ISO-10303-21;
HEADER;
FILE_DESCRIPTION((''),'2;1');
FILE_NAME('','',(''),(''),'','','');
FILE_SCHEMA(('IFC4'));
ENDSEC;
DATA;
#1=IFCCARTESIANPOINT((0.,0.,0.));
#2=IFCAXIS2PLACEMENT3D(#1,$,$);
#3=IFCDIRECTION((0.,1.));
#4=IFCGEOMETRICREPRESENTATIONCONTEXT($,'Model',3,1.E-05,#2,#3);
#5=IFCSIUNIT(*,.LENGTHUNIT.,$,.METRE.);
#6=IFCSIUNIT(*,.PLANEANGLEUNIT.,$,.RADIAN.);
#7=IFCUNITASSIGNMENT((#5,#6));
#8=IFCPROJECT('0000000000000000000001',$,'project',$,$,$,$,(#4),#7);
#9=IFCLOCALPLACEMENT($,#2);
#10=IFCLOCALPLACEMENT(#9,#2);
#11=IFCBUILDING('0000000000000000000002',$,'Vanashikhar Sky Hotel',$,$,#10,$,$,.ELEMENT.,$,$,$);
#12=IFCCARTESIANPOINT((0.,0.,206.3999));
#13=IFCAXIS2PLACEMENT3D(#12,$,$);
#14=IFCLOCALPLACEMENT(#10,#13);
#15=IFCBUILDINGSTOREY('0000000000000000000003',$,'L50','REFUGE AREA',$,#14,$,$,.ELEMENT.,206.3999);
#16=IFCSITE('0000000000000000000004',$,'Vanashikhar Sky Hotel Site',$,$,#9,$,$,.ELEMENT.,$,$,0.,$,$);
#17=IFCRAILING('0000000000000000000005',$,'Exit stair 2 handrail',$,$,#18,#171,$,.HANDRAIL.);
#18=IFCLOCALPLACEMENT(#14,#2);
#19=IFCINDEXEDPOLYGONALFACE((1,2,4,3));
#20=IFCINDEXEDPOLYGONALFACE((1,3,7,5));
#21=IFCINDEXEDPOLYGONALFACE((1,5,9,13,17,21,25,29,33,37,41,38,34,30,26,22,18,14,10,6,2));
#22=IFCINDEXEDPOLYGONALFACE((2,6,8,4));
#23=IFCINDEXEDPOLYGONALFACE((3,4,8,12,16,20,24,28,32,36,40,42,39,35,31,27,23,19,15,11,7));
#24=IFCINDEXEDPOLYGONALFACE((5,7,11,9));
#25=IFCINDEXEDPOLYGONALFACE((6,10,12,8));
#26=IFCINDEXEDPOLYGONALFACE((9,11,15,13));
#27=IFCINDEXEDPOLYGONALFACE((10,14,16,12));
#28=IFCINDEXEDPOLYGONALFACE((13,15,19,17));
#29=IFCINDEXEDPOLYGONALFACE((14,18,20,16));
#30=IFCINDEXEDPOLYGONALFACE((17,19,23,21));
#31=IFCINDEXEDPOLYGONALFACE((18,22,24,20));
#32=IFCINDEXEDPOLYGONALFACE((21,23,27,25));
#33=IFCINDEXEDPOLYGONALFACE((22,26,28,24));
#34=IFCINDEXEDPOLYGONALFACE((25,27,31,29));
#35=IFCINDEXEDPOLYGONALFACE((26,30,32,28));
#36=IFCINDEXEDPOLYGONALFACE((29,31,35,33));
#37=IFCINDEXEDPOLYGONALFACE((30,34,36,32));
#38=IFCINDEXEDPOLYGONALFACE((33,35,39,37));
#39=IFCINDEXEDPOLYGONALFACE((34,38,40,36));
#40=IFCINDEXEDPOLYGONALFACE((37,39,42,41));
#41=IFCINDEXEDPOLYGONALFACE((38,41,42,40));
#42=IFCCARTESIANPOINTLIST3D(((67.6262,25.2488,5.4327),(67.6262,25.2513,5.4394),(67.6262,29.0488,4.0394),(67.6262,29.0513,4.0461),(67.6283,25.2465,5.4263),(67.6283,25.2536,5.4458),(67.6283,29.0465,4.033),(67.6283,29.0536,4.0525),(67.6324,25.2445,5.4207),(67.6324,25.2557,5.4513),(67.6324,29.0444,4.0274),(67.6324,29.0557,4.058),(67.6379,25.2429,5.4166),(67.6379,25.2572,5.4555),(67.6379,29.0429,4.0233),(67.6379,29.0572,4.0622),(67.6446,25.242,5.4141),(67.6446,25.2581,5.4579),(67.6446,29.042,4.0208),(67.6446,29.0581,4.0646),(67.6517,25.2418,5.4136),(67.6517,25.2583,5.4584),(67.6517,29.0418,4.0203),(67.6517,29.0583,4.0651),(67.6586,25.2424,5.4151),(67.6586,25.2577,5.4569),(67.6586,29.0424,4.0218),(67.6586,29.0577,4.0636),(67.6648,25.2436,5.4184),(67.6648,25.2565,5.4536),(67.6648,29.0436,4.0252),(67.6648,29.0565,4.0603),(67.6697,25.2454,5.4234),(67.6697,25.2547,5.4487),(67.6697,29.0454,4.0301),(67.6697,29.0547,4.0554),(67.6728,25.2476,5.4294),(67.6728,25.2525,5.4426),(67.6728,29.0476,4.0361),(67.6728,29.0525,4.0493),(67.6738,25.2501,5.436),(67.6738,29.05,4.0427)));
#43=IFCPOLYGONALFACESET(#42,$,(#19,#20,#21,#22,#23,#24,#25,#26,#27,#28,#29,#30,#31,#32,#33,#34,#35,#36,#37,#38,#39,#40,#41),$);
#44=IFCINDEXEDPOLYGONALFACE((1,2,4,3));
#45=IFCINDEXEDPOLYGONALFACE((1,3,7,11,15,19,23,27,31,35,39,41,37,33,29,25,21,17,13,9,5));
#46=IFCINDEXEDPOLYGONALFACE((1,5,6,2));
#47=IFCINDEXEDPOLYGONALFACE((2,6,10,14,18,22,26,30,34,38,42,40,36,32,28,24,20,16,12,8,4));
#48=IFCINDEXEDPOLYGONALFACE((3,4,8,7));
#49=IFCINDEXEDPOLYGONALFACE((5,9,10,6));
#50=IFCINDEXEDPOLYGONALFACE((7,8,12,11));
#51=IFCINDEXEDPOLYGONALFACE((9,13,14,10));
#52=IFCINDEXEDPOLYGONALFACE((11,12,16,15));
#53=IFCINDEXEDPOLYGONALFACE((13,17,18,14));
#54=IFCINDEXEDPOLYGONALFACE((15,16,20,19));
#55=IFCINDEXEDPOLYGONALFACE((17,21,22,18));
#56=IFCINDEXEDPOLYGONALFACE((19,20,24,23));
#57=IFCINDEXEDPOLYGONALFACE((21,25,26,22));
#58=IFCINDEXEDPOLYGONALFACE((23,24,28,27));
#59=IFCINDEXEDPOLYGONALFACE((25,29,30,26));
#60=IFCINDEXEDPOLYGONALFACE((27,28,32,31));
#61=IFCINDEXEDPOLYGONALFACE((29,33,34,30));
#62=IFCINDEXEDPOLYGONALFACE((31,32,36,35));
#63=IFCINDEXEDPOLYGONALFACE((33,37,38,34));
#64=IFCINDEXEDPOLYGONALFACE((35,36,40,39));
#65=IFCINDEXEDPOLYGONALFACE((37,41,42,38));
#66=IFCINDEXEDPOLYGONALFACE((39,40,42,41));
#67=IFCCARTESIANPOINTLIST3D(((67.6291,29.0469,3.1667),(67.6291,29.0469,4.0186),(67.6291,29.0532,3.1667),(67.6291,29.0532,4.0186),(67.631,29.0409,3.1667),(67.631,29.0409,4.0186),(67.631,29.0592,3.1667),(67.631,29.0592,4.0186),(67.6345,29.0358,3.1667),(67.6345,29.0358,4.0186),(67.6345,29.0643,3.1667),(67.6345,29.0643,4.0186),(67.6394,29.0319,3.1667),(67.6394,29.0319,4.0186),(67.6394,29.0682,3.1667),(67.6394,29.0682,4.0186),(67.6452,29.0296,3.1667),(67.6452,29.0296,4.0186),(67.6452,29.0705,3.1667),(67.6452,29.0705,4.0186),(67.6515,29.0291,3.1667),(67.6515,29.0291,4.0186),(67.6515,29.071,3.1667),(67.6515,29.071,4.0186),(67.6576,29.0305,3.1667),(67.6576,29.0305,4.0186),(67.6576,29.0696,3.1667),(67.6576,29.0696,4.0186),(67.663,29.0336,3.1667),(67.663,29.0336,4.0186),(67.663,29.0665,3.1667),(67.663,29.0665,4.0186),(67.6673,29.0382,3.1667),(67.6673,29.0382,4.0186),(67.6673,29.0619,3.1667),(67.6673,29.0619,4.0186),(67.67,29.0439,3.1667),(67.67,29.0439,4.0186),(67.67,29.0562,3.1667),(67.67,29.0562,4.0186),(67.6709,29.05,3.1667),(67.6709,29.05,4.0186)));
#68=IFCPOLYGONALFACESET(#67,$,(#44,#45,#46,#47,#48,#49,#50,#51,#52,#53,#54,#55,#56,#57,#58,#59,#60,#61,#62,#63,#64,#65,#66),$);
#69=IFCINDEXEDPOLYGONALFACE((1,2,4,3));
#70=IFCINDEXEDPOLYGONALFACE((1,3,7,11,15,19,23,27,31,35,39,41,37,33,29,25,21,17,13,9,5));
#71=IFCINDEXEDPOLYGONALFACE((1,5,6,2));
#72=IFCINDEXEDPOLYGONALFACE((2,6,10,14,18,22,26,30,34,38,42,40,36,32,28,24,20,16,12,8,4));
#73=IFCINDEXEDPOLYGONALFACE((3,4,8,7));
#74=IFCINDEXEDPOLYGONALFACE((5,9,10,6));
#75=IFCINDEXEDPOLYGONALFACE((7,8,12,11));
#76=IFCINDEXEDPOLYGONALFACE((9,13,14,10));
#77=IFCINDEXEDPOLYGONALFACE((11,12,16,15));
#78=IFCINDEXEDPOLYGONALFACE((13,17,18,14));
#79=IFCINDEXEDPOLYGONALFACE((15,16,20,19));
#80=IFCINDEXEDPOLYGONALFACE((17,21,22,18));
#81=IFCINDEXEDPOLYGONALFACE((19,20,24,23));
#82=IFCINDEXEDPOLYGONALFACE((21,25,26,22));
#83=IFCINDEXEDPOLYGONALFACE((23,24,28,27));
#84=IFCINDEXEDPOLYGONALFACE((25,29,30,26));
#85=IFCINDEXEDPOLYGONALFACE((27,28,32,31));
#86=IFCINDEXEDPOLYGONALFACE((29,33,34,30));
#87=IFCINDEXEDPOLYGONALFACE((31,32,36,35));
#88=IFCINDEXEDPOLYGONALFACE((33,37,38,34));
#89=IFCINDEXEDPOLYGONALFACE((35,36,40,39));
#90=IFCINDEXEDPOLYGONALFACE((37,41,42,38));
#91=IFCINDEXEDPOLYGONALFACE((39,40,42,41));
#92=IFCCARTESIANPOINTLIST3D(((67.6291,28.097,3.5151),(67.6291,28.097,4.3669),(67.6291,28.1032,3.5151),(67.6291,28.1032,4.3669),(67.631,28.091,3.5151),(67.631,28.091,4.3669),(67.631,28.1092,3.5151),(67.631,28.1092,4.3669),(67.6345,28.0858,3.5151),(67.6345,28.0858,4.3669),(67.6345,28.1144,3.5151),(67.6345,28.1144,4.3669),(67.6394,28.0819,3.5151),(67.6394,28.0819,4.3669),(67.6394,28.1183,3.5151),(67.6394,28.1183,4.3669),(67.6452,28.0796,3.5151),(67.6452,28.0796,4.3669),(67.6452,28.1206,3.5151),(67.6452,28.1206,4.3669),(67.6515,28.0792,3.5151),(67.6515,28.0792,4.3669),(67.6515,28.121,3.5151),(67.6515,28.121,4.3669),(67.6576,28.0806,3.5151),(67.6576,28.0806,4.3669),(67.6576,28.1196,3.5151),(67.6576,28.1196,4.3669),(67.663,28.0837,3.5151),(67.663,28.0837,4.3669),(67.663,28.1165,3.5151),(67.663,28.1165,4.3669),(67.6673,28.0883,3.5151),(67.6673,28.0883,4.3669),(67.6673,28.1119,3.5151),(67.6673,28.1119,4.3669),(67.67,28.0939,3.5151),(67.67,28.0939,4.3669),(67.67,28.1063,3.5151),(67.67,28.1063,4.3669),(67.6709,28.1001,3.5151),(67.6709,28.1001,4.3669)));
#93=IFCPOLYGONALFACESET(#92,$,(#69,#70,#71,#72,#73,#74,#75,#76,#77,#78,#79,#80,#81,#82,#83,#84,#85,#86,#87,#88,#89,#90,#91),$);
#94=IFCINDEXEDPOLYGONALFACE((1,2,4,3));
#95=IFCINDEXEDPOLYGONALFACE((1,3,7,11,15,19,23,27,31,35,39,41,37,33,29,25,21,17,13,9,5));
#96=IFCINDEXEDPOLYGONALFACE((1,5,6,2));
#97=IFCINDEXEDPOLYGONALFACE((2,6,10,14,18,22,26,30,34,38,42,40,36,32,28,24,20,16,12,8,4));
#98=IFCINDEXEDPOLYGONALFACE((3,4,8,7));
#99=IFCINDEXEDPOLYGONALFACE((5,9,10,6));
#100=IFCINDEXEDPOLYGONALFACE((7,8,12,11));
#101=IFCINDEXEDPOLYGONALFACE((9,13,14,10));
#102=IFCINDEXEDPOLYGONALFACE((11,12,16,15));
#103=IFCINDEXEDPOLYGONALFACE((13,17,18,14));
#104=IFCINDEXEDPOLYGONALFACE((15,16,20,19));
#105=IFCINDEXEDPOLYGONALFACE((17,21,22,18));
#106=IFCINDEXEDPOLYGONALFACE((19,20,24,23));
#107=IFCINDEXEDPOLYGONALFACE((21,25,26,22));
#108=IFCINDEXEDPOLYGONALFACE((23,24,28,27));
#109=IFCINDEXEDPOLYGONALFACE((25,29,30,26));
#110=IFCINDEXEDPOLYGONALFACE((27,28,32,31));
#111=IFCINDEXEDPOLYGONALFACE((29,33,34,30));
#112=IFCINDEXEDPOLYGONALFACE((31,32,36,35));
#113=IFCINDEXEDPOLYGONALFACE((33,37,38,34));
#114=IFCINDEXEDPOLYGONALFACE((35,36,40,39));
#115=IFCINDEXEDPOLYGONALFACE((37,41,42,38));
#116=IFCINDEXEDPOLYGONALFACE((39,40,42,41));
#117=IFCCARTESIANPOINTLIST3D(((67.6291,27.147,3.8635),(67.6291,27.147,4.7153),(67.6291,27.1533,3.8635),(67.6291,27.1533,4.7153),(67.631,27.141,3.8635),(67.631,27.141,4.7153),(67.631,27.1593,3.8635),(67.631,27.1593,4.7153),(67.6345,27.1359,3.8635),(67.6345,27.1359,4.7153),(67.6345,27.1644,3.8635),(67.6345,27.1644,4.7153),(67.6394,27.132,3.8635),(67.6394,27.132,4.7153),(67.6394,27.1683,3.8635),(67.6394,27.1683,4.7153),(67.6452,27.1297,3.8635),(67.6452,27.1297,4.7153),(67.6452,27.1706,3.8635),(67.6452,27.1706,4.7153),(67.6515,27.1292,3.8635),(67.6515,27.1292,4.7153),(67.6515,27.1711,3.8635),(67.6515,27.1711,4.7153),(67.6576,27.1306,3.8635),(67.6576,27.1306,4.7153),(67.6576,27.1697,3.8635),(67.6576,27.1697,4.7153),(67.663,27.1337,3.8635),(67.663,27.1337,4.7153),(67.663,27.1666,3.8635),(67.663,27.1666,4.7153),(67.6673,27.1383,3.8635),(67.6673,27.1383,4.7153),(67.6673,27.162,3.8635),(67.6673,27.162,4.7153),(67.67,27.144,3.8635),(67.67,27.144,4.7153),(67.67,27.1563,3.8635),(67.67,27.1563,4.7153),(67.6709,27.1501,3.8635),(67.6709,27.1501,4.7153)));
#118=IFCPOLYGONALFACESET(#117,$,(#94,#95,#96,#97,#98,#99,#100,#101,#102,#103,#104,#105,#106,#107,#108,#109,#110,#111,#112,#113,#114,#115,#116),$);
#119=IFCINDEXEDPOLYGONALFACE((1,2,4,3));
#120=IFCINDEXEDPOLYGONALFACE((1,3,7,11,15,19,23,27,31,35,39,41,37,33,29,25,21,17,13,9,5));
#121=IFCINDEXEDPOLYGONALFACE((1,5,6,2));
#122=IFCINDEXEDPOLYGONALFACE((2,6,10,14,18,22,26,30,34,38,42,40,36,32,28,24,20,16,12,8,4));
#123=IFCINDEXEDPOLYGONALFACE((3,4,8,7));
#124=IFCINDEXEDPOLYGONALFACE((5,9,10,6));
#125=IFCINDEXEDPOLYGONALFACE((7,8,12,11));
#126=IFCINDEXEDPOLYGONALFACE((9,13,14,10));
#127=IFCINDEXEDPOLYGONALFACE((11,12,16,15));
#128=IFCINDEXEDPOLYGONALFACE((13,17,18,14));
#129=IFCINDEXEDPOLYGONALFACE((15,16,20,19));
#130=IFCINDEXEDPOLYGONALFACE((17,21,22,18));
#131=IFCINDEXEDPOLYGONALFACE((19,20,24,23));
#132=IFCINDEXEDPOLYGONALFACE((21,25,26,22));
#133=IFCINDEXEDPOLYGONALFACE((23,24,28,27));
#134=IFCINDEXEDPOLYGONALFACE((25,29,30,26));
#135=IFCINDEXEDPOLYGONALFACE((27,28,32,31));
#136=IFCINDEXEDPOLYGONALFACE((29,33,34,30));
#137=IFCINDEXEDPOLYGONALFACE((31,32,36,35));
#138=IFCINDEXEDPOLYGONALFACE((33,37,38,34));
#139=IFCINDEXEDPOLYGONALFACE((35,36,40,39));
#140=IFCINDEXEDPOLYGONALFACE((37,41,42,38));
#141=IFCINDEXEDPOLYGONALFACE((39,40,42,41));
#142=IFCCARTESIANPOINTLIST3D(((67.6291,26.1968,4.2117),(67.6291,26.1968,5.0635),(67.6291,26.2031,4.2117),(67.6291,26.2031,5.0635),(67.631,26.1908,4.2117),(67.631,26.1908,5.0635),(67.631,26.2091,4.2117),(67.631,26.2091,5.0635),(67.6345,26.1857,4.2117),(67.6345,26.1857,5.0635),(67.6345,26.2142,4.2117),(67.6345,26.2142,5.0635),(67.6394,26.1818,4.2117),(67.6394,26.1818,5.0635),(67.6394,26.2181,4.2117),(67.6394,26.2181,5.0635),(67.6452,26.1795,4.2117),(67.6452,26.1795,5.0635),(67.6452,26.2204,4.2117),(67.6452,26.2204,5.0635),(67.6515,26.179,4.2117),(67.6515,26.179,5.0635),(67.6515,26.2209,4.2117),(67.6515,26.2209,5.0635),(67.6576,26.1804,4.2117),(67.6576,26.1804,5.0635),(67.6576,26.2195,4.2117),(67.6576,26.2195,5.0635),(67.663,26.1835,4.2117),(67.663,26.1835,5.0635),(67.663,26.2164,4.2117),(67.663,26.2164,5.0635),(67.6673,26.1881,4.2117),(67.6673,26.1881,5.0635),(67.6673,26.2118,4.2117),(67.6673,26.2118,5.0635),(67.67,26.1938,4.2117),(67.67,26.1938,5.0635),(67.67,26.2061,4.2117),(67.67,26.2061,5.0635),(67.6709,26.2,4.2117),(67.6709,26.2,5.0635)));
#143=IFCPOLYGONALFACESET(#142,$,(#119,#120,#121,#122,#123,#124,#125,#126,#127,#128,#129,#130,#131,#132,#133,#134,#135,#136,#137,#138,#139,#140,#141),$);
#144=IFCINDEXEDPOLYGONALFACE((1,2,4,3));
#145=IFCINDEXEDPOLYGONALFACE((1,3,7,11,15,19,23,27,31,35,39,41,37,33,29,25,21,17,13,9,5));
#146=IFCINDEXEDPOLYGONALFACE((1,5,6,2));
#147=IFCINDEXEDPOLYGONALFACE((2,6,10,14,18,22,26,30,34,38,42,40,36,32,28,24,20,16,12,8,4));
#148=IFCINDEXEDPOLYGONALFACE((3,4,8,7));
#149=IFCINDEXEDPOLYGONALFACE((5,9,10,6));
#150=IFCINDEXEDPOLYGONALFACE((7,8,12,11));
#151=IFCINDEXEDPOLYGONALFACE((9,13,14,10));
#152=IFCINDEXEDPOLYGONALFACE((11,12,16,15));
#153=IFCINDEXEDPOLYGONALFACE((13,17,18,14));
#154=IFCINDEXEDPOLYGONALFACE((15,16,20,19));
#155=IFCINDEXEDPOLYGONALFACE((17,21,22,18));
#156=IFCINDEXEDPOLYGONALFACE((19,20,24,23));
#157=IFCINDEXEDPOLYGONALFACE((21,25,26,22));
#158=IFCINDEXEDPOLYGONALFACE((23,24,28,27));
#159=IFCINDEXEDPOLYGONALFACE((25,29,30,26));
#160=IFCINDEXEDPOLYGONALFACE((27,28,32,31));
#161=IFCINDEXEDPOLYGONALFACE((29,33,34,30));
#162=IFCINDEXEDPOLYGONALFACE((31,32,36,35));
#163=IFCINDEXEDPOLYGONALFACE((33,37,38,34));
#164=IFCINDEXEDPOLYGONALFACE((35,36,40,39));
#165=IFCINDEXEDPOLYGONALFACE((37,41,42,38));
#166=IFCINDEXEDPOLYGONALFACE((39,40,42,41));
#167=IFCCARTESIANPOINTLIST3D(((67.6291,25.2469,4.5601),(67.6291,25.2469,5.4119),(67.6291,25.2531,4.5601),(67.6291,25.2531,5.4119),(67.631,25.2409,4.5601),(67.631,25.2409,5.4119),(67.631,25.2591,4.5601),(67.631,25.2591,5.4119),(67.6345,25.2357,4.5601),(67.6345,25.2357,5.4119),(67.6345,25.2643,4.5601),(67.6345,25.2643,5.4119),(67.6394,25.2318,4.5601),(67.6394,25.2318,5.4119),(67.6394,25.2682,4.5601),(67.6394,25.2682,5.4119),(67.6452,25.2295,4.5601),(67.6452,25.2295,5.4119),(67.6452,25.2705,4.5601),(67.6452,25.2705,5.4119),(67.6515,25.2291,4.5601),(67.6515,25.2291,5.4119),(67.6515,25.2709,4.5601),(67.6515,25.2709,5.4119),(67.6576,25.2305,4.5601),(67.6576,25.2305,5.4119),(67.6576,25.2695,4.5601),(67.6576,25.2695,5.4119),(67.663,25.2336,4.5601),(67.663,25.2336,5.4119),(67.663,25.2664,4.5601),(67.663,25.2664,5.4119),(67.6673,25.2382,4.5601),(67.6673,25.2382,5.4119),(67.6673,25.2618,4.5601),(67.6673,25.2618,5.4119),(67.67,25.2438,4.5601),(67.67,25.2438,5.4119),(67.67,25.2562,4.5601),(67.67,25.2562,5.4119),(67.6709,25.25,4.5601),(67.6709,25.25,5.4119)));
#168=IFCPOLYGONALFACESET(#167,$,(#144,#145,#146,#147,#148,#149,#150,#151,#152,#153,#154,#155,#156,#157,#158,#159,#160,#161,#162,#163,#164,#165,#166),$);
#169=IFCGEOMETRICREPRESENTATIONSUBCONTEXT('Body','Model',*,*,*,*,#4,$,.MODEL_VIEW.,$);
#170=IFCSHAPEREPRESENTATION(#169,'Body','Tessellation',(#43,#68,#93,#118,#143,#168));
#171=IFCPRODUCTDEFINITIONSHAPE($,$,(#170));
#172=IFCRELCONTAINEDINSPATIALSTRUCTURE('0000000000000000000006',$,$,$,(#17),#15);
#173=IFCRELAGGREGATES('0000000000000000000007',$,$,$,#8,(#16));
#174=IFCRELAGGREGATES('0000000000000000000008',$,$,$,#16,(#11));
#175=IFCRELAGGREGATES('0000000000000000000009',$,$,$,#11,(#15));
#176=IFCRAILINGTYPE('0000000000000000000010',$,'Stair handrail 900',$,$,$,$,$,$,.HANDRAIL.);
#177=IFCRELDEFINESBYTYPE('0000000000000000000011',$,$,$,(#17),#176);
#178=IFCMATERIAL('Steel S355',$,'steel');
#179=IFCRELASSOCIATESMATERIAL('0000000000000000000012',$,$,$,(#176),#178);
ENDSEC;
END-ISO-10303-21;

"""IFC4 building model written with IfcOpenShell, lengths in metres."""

from ifc_helpers import new_model, si_unit, direction, frame, origin, origin_2d, place, context, subcontext, project, spatial, circle, extrude, source, transform, mapped, material, type_object, element, save


model = new_model("IFC4")

# Units and contexts
model_context = context("Model", 3, precision=1e-05, world=origin(), true_north=direction((0.0, 1.0)))
body_context = subcontext(model_context, "Body", "Model", "MODEL_VIEW")
ifc_project = project(units=[si_unit("LENGTHUNIT", "METRE"), si_unit("PLANEANGLEUNIT", "RADIAN")], contexts=[model_context])

# Site, building, storey
site_placement = place(None, origin())
site = spatial("IfcSite", under=ifc_project, at=site_placement, Name="Vanashikhar Sky Hotel Site", CompositionType="ELEMENT", RefElevation=0.0)
building_placement = place(site_placement, origin())
building = spatial("IfcBuilding", under=site, at=building_placement, Name="Vanashikhar Sky Hotel", CompositionType="ELEMENT")
storey_placement = place(building_placement, frame((0.0, 0.0, 206.3999)))
storey = spatial("IfcBuildingStorey", under=building, at=storey_placement, Name="L50", Description="REFUGE AREA", CompositionType="ELEMENT", Elevation=206.3999)

# Railing
ifc_material_1 = material(Name="Steel S355", Category="steel")
railing_type_1 = type_object("IfcRailingType", Name="Stair handrail 900", PredefinedType="HANDRAIL", material=ifc_material_1)
shared_shape_1 = source(origin(), body_context, "Body", "SweptSolid", [
    extrude(circle(Radius=0.0239, at=origin_2d()), frame((0.0, 0.0, 0.876), z_axis=(0.0, -0.93888, 0.344246), x_axis=(1.0, 0.0, 0.0)), (0.0, 0.0, 1.0), 4.0474),
    extrude(circle(Radius=0.021, at=origin_2d()), origin(), (0.0, 0.0, 1.0), 0.8518),
    extrude(circle(Radius=0.021, at=origin_2d()), frame((0.0, -0.95, 0.3484)), (0.0, 0.0, 1.0), 0.8518),
    extrude(circle(Radius=0.021, at=origin_2d()), frame((0.0, -1.8999, 0.6968)), (0.0, 0.0, 1.0), 0.8518),
    extrude(circle(Radius=0.021, at=origin_2d()), frame((0.0, -2.8501, 1.0449)), (0.0, 0.0, 1.0), 0.8518),
    extrude(circle(Radius=0.021, at=origin_2d()), frame((0.0, -3.8, 1.3933)), (0.0, 0.0, 1.0), 0.8518),
])
for number, where, name in (
    (1, (67.6499, 29.05, 3.1667), "Exit stair 2 handrail"),
):
    element("IfcRailing", number, at=place(storey_placement, frame(where)), inside=storey, type_object=railing_type_1, Name=name, PredefinedType="HANDRAIL", context=body_context, shape_type="MappedRepresentation", body=[
        mapped(shared_shape_1, transform((0.0, 0.0, 0.0), scale=1.0)),
    ])

save(model, "model.ifc")
